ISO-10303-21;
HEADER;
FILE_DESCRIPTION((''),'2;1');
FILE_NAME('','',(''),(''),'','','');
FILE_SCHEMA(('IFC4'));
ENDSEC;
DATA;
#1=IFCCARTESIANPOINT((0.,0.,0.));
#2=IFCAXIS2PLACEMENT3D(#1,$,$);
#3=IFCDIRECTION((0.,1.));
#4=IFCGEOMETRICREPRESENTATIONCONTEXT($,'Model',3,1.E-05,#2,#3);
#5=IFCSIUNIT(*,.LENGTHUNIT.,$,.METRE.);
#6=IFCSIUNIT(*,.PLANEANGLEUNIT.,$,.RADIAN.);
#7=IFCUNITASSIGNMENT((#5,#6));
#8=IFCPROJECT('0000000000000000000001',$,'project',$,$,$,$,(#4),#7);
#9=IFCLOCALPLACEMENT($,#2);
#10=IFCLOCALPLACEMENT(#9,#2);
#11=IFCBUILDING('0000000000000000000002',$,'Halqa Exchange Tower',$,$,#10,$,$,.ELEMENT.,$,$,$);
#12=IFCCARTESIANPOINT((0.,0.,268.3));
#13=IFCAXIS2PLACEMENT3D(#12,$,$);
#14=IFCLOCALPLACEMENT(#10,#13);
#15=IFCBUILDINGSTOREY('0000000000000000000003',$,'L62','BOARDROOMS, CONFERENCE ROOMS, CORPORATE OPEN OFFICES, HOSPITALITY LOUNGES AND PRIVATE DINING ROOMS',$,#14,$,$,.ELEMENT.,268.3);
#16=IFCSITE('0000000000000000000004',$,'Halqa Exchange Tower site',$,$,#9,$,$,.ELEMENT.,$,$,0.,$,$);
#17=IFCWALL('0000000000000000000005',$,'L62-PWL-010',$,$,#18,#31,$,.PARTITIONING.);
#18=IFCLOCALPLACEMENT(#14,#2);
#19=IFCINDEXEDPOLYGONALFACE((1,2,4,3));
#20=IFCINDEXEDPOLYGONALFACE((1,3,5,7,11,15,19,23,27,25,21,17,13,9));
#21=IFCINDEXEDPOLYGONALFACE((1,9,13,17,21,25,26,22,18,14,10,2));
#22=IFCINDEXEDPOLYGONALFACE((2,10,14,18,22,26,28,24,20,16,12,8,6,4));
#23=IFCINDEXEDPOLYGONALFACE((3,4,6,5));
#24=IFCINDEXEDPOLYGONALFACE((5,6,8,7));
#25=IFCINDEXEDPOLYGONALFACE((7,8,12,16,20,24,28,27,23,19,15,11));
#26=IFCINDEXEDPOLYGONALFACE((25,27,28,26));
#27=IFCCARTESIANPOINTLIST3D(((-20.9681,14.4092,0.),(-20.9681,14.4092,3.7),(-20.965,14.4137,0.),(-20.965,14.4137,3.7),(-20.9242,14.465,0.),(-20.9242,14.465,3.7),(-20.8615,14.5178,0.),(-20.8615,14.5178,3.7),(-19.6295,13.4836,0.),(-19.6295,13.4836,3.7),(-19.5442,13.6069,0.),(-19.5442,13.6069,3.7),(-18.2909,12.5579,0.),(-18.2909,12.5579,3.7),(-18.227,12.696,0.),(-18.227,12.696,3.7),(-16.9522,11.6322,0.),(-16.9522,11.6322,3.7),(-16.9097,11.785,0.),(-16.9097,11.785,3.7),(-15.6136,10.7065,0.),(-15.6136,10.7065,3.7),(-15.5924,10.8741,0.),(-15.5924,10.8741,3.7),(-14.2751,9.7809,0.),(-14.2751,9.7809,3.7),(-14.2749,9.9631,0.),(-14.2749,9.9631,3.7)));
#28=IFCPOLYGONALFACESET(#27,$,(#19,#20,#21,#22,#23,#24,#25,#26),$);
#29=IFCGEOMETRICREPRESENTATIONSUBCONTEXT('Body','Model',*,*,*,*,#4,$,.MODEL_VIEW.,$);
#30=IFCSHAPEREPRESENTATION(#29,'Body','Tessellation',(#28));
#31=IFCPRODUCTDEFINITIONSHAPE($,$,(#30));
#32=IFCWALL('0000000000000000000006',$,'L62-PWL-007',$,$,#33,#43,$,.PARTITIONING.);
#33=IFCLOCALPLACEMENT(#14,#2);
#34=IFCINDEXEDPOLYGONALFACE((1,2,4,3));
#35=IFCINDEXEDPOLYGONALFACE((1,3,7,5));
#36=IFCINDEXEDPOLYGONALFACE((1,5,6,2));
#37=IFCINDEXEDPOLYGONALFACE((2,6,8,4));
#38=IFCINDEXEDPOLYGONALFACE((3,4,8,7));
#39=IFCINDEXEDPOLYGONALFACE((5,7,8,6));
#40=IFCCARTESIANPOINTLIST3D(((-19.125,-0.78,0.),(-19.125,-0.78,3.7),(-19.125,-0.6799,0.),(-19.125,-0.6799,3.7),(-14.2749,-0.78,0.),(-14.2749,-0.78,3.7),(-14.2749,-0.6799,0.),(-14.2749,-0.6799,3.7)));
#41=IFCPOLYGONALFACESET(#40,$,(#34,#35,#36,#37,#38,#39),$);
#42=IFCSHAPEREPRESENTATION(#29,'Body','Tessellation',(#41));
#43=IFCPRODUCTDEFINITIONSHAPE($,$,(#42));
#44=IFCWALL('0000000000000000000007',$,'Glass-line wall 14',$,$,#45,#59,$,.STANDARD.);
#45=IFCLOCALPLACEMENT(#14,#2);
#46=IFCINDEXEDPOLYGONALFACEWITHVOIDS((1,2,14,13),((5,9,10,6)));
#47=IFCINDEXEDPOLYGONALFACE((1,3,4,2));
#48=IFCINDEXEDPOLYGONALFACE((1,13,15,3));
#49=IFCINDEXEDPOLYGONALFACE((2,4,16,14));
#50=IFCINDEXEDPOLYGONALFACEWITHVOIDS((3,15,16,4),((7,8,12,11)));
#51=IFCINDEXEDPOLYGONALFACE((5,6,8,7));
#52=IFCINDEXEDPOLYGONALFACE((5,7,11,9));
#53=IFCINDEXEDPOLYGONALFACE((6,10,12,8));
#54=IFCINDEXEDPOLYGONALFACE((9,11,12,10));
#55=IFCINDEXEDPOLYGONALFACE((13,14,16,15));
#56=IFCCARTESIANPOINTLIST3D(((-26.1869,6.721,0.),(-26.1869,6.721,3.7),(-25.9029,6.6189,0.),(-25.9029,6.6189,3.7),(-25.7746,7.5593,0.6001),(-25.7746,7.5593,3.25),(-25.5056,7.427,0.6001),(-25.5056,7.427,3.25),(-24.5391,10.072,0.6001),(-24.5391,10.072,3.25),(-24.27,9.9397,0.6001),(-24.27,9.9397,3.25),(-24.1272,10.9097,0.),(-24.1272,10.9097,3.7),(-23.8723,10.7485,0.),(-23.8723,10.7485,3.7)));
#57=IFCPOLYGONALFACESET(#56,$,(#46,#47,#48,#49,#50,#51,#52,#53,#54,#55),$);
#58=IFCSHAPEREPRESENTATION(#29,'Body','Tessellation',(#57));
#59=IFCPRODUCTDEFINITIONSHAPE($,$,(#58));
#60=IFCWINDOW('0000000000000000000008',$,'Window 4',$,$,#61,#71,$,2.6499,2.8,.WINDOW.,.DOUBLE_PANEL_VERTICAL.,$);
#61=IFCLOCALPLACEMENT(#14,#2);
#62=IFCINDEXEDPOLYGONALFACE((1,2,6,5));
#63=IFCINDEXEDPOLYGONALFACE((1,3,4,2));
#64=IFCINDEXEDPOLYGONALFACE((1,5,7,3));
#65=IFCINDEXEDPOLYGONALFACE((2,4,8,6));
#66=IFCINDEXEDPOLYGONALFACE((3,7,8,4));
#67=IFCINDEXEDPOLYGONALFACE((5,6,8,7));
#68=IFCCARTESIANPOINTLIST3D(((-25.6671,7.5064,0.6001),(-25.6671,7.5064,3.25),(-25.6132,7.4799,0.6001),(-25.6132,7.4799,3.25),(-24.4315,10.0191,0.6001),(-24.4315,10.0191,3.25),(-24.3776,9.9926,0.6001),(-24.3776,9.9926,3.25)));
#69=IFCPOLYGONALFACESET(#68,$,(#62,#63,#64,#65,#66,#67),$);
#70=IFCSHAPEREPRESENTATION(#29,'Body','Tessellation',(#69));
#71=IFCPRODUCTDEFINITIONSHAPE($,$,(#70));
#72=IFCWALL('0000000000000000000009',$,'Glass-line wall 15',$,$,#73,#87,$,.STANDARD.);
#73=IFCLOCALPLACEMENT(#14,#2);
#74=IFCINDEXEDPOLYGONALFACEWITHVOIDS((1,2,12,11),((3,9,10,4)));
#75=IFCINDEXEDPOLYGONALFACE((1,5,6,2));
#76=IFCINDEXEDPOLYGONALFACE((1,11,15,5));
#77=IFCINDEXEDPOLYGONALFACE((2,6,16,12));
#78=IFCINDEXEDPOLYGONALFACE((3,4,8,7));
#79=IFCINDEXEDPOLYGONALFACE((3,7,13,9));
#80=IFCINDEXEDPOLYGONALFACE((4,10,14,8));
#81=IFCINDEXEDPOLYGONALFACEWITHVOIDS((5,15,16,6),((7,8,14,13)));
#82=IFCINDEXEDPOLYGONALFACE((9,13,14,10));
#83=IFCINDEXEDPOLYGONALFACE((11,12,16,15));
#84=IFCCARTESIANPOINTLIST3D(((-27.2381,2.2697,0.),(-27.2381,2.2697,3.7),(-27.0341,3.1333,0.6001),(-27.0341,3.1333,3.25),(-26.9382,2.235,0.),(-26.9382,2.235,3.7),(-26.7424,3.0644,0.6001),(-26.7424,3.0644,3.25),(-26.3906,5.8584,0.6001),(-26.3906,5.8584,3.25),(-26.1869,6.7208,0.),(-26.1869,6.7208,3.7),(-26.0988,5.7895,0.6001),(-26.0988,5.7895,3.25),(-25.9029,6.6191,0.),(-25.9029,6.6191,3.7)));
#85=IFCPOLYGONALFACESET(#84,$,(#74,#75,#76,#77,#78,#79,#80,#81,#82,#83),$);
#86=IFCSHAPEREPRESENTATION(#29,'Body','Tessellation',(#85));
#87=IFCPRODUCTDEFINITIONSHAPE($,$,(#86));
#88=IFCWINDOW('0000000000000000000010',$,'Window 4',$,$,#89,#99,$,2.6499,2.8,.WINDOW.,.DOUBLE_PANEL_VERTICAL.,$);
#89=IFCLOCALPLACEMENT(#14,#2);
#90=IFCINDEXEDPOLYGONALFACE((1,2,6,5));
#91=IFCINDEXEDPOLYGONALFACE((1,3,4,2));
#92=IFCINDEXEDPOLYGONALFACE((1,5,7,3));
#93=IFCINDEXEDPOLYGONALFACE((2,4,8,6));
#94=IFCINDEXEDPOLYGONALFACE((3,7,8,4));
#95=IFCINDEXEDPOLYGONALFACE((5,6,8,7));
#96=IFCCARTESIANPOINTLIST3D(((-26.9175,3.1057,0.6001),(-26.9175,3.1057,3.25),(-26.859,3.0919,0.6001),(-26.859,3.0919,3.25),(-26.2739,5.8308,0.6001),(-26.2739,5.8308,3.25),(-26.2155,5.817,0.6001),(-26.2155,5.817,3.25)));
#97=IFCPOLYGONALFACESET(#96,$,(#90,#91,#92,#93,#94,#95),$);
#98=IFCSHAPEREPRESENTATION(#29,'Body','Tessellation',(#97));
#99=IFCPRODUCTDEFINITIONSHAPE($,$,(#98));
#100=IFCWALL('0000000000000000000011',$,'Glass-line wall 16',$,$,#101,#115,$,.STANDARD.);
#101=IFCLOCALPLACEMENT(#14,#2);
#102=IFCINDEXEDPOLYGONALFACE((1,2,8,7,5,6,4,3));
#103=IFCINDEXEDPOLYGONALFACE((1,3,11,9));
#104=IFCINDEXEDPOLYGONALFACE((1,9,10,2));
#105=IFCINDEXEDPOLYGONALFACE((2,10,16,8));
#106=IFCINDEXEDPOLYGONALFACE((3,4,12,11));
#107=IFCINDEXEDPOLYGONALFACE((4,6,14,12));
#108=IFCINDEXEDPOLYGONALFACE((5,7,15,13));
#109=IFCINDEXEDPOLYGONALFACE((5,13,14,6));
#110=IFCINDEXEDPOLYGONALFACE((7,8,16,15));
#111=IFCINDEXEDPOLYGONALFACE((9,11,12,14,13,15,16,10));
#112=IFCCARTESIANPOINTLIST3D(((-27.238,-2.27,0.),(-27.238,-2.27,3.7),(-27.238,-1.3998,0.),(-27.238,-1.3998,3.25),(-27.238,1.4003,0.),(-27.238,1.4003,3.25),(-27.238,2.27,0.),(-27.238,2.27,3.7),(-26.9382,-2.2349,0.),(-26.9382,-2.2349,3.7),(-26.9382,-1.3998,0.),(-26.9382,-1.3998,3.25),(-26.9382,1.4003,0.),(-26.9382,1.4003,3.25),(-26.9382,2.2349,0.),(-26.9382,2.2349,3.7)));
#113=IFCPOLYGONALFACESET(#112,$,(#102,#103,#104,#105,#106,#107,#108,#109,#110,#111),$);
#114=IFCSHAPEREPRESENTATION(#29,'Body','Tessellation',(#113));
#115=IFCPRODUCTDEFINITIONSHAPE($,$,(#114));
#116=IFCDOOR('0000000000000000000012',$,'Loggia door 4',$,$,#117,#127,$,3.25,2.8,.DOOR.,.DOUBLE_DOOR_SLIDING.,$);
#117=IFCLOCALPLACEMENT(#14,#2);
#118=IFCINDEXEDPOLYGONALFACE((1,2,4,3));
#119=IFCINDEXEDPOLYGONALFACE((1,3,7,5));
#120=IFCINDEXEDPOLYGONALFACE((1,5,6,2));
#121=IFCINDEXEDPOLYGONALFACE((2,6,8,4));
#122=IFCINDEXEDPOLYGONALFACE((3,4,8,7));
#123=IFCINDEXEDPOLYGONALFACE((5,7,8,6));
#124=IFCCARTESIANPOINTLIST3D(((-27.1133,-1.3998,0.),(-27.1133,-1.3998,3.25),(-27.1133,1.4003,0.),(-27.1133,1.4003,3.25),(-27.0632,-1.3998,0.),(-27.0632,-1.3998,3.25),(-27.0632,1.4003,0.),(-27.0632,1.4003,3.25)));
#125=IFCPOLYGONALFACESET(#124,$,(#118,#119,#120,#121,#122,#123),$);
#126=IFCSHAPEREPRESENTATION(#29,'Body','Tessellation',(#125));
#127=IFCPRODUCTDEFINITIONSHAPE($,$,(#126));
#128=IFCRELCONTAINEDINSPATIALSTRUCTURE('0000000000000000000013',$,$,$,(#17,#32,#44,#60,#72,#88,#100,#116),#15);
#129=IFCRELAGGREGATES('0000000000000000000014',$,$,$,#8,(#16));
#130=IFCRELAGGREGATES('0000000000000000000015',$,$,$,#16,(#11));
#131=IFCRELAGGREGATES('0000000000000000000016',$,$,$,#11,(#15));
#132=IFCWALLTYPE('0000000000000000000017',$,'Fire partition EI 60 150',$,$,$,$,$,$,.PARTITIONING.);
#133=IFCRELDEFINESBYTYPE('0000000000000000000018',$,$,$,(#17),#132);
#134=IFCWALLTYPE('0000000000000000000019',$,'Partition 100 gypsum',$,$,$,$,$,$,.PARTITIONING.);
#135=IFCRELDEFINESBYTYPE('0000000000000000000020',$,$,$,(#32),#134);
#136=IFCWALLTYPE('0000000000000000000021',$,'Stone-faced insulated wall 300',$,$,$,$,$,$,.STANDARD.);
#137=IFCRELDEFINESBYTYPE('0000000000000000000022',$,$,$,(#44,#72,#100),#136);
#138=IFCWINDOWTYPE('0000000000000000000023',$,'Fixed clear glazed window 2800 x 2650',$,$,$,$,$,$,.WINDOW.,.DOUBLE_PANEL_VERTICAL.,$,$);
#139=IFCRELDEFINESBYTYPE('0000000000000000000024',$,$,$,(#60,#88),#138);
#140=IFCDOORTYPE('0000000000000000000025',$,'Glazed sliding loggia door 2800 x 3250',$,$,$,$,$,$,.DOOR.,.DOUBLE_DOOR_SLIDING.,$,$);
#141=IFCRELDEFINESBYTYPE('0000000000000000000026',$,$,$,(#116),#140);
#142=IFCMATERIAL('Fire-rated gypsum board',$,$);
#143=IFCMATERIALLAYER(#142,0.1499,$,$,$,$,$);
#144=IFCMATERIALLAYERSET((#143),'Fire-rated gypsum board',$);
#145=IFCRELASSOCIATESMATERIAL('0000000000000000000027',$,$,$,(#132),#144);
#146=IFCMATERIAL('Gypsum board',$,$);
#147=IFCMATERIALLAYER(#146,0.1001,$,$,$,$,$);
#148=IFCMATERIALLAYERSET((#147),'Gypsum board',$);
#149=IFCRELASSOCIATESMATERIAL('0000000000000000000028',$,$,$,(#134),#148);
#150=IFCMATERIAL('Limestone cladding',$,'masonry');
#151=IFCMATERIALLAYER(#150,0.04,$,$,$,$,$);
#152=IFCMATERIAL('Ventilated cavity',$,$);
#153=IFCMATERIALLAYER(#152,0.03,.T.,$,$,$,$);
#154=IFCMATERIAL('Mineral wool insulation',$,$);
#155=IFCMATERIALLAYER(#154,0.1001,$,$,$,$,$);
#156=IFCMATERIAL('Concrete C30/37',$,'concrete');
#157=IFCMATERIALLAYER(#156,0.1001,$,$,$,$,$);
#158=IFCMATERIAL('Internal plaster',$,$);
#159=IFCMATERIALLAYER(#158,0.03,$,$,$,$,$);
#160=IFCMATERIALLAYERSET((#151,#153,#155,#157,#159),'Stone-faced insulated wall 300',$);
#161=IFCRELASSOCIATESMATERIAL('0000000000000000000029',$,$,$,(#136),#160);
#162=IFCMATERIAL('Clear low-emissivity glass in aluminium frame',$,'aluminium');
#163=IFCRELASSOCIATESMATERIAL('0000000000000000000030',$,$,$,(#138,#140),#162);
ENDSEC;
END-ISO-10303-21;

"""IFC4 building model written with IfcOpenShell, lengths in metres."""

from ifc_helpers import new_model, si_unit, direction, frame, frame_2d, origin, place, context, subcontext, project, spatial, polyline, rectangle, outline, extrude, material, layer, layer_set, type_object, element, fill, save


model = new_model("IFC4")

# Units and contexts
model_context = context("Model", 3, precision=1e-05, world=origin(), true_north=direction((0.0, 1.0)))
body_context = subcontext(model_context, "Body", "Model", "MODEL_VIEW")
ifc_project = project(units=[si_unit("LENGTHUNIT", "METRE"), si_unit("PLANEANGLEUNIT", "RADIAN")], contexts=[model_context])

# Site, building, storey
site_placement = place(None, origin())
site = spatial("IfcSite", under=ifc_project, at=site_placement, Name="Halqa Exchange Tower site", CompositionType="ELEMENT", RefElevation=0.0)
building_placement = place(site_placement, origin())
building = spatial("IfcBuilding", under=site, at=building_placement, Name="Halqa Exchange Tower", CompositionType="ELEMENT")
storey_placement = place(building_placement, frame((0.0, 0.0, 268.3)))
storey = spatial("IfcBuildingStorey", under=building, at=storey_placement, Name="L62", Description="BOARDROOMS, CONFERENCE ROOMS, CORPORATE OPEN OFFICES, HOSPITALITY LOUNGES AND PRIVATE DINING ROOMS", CompositionType="ELEMENT", Elevation=268.3)

# Shared definitions
ifc_material_1 = material(Name="Gypsum board")

# Walls
ifc_material_2 = material(Name="Fire-rated gypsum board")
ifc_layer_1 = layer(ifc_material_2, 0.1499)
ifc_layer_set_1 = layer_set([ifc_layer_1], Name="Fire-rated gypsum board")
wall_type_1 = type_object("IfcWallType", Name="Fire partition EI 60 150", PredefinedType="PARTITIONING", material=ifc_layer_set_1)
wall_1_placement = place(storey_placement, frame((-14.2324, 9.8425, 0.0), z_axis=(0.0, 0.0, 1.0), x_axis=(-0.822496, 0.568772, 0.0)))
element("IfcWall", 1, at=wall_1_placement, inside=storey, type_object=wall_type_1, Name="L62-PWL-010", PredefinedType="PARTITIONING", context=body_context, shape_type="SweptSolid", body=[
    extrude(outline(polyline([(0.1035, -0.075), (1.7053, -0.075), (3.3069, -0.075), (4.9084, -0.075), (6.51, -0.075), (8.1116, -0.075), (8.1331, 0.0042), (8.1375, 0.0696), (8.1375, 0.075), (6.51, 0.075), (4.8826, 0.075), (3.2549, 0.075), (1.6274, 0.075), (0.0, 0.075), (0.0, 0.075), (0.1035, -0.075)])), origin(), (0.0, 0.0, 1.0), 3.7),
])
ifc_layer_2 = layer(ifc_material_1, 0.1001)
ifc_layer_set_2 = layer_set([ifc_layer_2], Name="Gypsum board")
wall_type_2 = type_object("IfcWallType", Name="Partition 100 gypsum", PredefinedType="PARTITIONING", material=ifc_layer_set_2)
wall_2_placement = place(storey_placement, frame((-19.125, -0.73, 0.0), z_axis=(0.0, 0.0, 1.0), x_axis=(1.0, 0.0, 0.0)))
element("IfcWall", 2, at=wall_2_placement, inside=storey, type_object=wall_type_2, Name="L62-PWL-007", PredefinedType="PARTITIONING", context=body_context, shape_type="SweptSolid", body=[
    extrude(rectangle(XDim=4.8501, YDim=0.1001, at=frame_2d((2.425, 0.0))), origin(), (0.0, 0.0, 1.0), 3.7),
])

# Walls, openings, windows
ifc_material_3 = material(Name="Limestone cladding", Category="masonry")
ifc_layer_3 = layer(ifc_material_3, 0.04)
ifc_material_4 = material(Name="Ventilated cavity")
ifc_layer_4 = layer(ifc_material_4, 0.03, ventilated=True)
ifc_material_5 = material(Name="Mineral wool insulation")
ifc_layer_5 = layer(ifc_material_5, 0.1001)
ifc_material_6 = material(Name="Concrete C30/37", Category="concrete")
ifc_layer_6 = layer(ifc_material_6, 0.1001)
ifc_material_7 = material(Name="Internal plaster")
ifc_layer_7 = layer(ifc_material_7, 0.03)
ifc_layer_set_3 = layer_set([ifc_layer_3, ifc_layer_4, ifc_layer_5, ifc_layer_6, ifc_layer_7], Name="Stone-faced insulated wall 300")
wall_type_3 = type_object("IfcWallType", Name="Stone-faced insulated wall 300", PredefinedType="STANDARD", material=ifc_layer_set_3)
wall_3_placement = place(storey_placement, frame((-23.9998, 10.8291, 0.0), z_axis=(0.0, 0.0, 1.0), x_axis=(-0.441262, -0.897378, 0.0)))
wall_3 = element("IfcWall", 3, at=wall_3_placement, inside=storey, type_object=wall_type_3, Name="Glass-line wall 14", PredefinedType="STANDARD", context=body_context, shape_type="SweptSolid", body=[
    extrude(outline(polyline([(-0.0161, -0.1499), (4.6516, -0.1499), (4.6179, 0.1499), (0.0161, 0.1499), (-0.0161, -0.1499)])), origin(), (0.0, 0.0, 1.0), 3.7),
])
opening_1_placement = place(wall_3_placement, frame((0.9175, 0.0, 0.6001)))
opening_1 = element("IfcOpeningElement", 4, at=opening_1_placement, cuts=wall_3, PredefinedType="OPENING", context=body_context, shape_type="SweptSolid", body=[
    extrude(rectangle(XDim=2.8, YDim=2.6499, at=frame_2d((1.3999, 1.325))), frame((0.0, 0.1621, 0.0), z_axis=(0.0, -1.0, 0.0), x_axis=(1.0, 0.0, 0.0)), (0.0, 0.0, 1.0), 0.324),
])
ifc_material_8 = material(Name="Clear low-emissivity glass in aluminium frame", Category="aluminium")
window_type = type_object("IfcWindowType", Name="Fixed clear glazed window 2800 x 2650", PartitioningType="DOUBLE_PANEL_VERTICAL", PredefinedType="WINDOW", material=ifc_material_8)
window_1_placement = place(opening_1_placement, origin())
window_1 = element("IfcWindow", 5, at=window_1_placement, inside=storey, type_object=window_type, Name="Window 4", OverallHeight=2.6499, OverallWidth=2.8, PartitioningType="DOUBLE_PANEL_VERTICAL", PredefinedType="WINDOW", context=body_context, shape_type="SweptSolid", body=[
    extrude(rectangle(XDim=2.8, YDim=2.6499, at=frame_2d((1.3999, 1.325))), frame((0.0, 0.03, 0.0), z_axis=(0.0, -1.0, 0.0), x_axis=(1.0, 0.0, 0.0)), (0.0, 0.0, 1.0), 0.0601),
])
fill(opening_1, window_1)
wall_4_placement = place(storey_placement, frame((-26.0449, 6.6699, 0.0), z_axis=(0.0, 0.0, 1.0), x_axis=(-0.229834, -0.97323, 0.0)))
wall_4 = element("IfcWall", 6, at=wall_4_placement, inside=storey, type_object=wall_type_3, Name="Glass-line wall 15", PredefinedType="STANDARD", context=body_context, shape_type="SweptSolid", body=[
    extrude(outline(polyline([(-0.0168, -0.1499), (4.5566, -0.1499), (4.5215, 0.1499), (0.0168, 0.1499), (-0.0168, -0.1499)])), origin(), (0.0, 0.0, 1.0), 3.7),
])
opening_2_placement = place(wall_4_placement, frame((0.8694, 0.0, 0.6001)))
opening_2 = element("IfcOpeningElement", 7, at=opening_2_placement, cuts=wall_4, PredefinedType="OPENING", context=body_context, shape_type="SweptSolid", body=[
    extrude(rectangle(XDim=2.8, YDim=2.6499, at=frame_2d((1.3999, 1.325))), frame((0.0, 0.1621, 0.0), z_axis=(0.0, -1.0, 0.0), x_axis=(1.0, 0.0, 0.0)), (0.0, 0.0, 1.0), 0.324),
])
window_2_placement = place(opening_2_placement, origin())
window_2 = element("IfcWindow", 8, at=window_2_placement, inside=storey, type_object=window_type, Name="Window 4", OverallHeight=2.6499, OverallWidth=2.8, PartitioningType="DOUBLE_PANEL_VERTICAL", PredefinedType="WINDOW", context=body_context, shape_type="SweptSolid", body=[
    extrude(rectangle(XDim=2.8, YDim=2.6499, at=frame_2d((1.3999, 1.325))), frame((0.0, 0.03, 0.0), z_axis=(0.0, -1.0, 0.0), x_axis=(1.0, 0.0, 0.0)), (0.0, 0.0, 1.0), 0.0601),
])
fill(opening_2, window_2)

# Wall, opening, door
wall_5_placement = place(storey_placement, frame((-27.0881, 2.2524, 0.0), z_axis=(0.0, 0.0, 1.0), x_axis=(0.0, -1.0, 0.0)))
wall_5 = element("IfcWall", 9, at=wall_5_placement, inside=storey, type_object=wall_type_3, Name="Glass-line wall 16", PredefinedType="STANDARD", context=body_context, shape_type="SweptSolid", body=[
    extrude(outline(polyline([(-0.0176, -0.1499), (4.5225, -0.1499), (4.4873, 0.1499), (0.0176, 0.1499), (-0.0176, -0.1499)])), origin(), (0.0, 0.0, 1.0), 3.7),
])
opening_3_placement = place(wall_5_placement, frame((0.8523, 0.0, 0.0)))
opening_3 = element("IfcOpeningElement", 10, at=opening_3_placement, cuts=wall_5, PredefinedType="OPENING", context=body_context, shape_type="SweptSolid", body=[
    extrude(rectangle(XDim=2.8, YDim=3.25, at=frame_2d((1.3999, 1.625))), frame((0.0, 0.1621, 0.0), z_axis=(0.0, -1.0, 0.0), x_axis=(1.0, 0.0, 0.0)), (0.0, 0.0, 1.0), 0.324),
])
door_type_1 = type_object("IfcDoorType", Name="Glazed sliding loggia door 2800 x 3250", OperationType="DOUBLE_DOOR_SLIDING", PredefinedType="DOOR", material=ifc_material_8)
door_1_placement = place(opening_3_placement, origin())
door_1 = element("IfcDoor", 11, at=door_1_placement, inside=storey, type_object=door_type_1, Name="Loggia door 4", OperationType="DOUBLE_DOOR_SLIDING", OverallHeight=3.25, OverallWidth=2.8, PredefinedType="DOOR", context=body_context, shape_type="SweptSolid", body=[
    extrude(rectangle(XDim=2.8, YDim=3.25, at=frame_2d((1.3999, 1.625))), frame((0.0, 0.0249, 0.0), z_axis=(0.0, -1.0, 0.0), x_axis=(1.0, 0.0, 0.0)), (0.0, 0.0, 1.0), 0.05),
])
fill(opening_3, door_1)

save(model, "model.ifc")
